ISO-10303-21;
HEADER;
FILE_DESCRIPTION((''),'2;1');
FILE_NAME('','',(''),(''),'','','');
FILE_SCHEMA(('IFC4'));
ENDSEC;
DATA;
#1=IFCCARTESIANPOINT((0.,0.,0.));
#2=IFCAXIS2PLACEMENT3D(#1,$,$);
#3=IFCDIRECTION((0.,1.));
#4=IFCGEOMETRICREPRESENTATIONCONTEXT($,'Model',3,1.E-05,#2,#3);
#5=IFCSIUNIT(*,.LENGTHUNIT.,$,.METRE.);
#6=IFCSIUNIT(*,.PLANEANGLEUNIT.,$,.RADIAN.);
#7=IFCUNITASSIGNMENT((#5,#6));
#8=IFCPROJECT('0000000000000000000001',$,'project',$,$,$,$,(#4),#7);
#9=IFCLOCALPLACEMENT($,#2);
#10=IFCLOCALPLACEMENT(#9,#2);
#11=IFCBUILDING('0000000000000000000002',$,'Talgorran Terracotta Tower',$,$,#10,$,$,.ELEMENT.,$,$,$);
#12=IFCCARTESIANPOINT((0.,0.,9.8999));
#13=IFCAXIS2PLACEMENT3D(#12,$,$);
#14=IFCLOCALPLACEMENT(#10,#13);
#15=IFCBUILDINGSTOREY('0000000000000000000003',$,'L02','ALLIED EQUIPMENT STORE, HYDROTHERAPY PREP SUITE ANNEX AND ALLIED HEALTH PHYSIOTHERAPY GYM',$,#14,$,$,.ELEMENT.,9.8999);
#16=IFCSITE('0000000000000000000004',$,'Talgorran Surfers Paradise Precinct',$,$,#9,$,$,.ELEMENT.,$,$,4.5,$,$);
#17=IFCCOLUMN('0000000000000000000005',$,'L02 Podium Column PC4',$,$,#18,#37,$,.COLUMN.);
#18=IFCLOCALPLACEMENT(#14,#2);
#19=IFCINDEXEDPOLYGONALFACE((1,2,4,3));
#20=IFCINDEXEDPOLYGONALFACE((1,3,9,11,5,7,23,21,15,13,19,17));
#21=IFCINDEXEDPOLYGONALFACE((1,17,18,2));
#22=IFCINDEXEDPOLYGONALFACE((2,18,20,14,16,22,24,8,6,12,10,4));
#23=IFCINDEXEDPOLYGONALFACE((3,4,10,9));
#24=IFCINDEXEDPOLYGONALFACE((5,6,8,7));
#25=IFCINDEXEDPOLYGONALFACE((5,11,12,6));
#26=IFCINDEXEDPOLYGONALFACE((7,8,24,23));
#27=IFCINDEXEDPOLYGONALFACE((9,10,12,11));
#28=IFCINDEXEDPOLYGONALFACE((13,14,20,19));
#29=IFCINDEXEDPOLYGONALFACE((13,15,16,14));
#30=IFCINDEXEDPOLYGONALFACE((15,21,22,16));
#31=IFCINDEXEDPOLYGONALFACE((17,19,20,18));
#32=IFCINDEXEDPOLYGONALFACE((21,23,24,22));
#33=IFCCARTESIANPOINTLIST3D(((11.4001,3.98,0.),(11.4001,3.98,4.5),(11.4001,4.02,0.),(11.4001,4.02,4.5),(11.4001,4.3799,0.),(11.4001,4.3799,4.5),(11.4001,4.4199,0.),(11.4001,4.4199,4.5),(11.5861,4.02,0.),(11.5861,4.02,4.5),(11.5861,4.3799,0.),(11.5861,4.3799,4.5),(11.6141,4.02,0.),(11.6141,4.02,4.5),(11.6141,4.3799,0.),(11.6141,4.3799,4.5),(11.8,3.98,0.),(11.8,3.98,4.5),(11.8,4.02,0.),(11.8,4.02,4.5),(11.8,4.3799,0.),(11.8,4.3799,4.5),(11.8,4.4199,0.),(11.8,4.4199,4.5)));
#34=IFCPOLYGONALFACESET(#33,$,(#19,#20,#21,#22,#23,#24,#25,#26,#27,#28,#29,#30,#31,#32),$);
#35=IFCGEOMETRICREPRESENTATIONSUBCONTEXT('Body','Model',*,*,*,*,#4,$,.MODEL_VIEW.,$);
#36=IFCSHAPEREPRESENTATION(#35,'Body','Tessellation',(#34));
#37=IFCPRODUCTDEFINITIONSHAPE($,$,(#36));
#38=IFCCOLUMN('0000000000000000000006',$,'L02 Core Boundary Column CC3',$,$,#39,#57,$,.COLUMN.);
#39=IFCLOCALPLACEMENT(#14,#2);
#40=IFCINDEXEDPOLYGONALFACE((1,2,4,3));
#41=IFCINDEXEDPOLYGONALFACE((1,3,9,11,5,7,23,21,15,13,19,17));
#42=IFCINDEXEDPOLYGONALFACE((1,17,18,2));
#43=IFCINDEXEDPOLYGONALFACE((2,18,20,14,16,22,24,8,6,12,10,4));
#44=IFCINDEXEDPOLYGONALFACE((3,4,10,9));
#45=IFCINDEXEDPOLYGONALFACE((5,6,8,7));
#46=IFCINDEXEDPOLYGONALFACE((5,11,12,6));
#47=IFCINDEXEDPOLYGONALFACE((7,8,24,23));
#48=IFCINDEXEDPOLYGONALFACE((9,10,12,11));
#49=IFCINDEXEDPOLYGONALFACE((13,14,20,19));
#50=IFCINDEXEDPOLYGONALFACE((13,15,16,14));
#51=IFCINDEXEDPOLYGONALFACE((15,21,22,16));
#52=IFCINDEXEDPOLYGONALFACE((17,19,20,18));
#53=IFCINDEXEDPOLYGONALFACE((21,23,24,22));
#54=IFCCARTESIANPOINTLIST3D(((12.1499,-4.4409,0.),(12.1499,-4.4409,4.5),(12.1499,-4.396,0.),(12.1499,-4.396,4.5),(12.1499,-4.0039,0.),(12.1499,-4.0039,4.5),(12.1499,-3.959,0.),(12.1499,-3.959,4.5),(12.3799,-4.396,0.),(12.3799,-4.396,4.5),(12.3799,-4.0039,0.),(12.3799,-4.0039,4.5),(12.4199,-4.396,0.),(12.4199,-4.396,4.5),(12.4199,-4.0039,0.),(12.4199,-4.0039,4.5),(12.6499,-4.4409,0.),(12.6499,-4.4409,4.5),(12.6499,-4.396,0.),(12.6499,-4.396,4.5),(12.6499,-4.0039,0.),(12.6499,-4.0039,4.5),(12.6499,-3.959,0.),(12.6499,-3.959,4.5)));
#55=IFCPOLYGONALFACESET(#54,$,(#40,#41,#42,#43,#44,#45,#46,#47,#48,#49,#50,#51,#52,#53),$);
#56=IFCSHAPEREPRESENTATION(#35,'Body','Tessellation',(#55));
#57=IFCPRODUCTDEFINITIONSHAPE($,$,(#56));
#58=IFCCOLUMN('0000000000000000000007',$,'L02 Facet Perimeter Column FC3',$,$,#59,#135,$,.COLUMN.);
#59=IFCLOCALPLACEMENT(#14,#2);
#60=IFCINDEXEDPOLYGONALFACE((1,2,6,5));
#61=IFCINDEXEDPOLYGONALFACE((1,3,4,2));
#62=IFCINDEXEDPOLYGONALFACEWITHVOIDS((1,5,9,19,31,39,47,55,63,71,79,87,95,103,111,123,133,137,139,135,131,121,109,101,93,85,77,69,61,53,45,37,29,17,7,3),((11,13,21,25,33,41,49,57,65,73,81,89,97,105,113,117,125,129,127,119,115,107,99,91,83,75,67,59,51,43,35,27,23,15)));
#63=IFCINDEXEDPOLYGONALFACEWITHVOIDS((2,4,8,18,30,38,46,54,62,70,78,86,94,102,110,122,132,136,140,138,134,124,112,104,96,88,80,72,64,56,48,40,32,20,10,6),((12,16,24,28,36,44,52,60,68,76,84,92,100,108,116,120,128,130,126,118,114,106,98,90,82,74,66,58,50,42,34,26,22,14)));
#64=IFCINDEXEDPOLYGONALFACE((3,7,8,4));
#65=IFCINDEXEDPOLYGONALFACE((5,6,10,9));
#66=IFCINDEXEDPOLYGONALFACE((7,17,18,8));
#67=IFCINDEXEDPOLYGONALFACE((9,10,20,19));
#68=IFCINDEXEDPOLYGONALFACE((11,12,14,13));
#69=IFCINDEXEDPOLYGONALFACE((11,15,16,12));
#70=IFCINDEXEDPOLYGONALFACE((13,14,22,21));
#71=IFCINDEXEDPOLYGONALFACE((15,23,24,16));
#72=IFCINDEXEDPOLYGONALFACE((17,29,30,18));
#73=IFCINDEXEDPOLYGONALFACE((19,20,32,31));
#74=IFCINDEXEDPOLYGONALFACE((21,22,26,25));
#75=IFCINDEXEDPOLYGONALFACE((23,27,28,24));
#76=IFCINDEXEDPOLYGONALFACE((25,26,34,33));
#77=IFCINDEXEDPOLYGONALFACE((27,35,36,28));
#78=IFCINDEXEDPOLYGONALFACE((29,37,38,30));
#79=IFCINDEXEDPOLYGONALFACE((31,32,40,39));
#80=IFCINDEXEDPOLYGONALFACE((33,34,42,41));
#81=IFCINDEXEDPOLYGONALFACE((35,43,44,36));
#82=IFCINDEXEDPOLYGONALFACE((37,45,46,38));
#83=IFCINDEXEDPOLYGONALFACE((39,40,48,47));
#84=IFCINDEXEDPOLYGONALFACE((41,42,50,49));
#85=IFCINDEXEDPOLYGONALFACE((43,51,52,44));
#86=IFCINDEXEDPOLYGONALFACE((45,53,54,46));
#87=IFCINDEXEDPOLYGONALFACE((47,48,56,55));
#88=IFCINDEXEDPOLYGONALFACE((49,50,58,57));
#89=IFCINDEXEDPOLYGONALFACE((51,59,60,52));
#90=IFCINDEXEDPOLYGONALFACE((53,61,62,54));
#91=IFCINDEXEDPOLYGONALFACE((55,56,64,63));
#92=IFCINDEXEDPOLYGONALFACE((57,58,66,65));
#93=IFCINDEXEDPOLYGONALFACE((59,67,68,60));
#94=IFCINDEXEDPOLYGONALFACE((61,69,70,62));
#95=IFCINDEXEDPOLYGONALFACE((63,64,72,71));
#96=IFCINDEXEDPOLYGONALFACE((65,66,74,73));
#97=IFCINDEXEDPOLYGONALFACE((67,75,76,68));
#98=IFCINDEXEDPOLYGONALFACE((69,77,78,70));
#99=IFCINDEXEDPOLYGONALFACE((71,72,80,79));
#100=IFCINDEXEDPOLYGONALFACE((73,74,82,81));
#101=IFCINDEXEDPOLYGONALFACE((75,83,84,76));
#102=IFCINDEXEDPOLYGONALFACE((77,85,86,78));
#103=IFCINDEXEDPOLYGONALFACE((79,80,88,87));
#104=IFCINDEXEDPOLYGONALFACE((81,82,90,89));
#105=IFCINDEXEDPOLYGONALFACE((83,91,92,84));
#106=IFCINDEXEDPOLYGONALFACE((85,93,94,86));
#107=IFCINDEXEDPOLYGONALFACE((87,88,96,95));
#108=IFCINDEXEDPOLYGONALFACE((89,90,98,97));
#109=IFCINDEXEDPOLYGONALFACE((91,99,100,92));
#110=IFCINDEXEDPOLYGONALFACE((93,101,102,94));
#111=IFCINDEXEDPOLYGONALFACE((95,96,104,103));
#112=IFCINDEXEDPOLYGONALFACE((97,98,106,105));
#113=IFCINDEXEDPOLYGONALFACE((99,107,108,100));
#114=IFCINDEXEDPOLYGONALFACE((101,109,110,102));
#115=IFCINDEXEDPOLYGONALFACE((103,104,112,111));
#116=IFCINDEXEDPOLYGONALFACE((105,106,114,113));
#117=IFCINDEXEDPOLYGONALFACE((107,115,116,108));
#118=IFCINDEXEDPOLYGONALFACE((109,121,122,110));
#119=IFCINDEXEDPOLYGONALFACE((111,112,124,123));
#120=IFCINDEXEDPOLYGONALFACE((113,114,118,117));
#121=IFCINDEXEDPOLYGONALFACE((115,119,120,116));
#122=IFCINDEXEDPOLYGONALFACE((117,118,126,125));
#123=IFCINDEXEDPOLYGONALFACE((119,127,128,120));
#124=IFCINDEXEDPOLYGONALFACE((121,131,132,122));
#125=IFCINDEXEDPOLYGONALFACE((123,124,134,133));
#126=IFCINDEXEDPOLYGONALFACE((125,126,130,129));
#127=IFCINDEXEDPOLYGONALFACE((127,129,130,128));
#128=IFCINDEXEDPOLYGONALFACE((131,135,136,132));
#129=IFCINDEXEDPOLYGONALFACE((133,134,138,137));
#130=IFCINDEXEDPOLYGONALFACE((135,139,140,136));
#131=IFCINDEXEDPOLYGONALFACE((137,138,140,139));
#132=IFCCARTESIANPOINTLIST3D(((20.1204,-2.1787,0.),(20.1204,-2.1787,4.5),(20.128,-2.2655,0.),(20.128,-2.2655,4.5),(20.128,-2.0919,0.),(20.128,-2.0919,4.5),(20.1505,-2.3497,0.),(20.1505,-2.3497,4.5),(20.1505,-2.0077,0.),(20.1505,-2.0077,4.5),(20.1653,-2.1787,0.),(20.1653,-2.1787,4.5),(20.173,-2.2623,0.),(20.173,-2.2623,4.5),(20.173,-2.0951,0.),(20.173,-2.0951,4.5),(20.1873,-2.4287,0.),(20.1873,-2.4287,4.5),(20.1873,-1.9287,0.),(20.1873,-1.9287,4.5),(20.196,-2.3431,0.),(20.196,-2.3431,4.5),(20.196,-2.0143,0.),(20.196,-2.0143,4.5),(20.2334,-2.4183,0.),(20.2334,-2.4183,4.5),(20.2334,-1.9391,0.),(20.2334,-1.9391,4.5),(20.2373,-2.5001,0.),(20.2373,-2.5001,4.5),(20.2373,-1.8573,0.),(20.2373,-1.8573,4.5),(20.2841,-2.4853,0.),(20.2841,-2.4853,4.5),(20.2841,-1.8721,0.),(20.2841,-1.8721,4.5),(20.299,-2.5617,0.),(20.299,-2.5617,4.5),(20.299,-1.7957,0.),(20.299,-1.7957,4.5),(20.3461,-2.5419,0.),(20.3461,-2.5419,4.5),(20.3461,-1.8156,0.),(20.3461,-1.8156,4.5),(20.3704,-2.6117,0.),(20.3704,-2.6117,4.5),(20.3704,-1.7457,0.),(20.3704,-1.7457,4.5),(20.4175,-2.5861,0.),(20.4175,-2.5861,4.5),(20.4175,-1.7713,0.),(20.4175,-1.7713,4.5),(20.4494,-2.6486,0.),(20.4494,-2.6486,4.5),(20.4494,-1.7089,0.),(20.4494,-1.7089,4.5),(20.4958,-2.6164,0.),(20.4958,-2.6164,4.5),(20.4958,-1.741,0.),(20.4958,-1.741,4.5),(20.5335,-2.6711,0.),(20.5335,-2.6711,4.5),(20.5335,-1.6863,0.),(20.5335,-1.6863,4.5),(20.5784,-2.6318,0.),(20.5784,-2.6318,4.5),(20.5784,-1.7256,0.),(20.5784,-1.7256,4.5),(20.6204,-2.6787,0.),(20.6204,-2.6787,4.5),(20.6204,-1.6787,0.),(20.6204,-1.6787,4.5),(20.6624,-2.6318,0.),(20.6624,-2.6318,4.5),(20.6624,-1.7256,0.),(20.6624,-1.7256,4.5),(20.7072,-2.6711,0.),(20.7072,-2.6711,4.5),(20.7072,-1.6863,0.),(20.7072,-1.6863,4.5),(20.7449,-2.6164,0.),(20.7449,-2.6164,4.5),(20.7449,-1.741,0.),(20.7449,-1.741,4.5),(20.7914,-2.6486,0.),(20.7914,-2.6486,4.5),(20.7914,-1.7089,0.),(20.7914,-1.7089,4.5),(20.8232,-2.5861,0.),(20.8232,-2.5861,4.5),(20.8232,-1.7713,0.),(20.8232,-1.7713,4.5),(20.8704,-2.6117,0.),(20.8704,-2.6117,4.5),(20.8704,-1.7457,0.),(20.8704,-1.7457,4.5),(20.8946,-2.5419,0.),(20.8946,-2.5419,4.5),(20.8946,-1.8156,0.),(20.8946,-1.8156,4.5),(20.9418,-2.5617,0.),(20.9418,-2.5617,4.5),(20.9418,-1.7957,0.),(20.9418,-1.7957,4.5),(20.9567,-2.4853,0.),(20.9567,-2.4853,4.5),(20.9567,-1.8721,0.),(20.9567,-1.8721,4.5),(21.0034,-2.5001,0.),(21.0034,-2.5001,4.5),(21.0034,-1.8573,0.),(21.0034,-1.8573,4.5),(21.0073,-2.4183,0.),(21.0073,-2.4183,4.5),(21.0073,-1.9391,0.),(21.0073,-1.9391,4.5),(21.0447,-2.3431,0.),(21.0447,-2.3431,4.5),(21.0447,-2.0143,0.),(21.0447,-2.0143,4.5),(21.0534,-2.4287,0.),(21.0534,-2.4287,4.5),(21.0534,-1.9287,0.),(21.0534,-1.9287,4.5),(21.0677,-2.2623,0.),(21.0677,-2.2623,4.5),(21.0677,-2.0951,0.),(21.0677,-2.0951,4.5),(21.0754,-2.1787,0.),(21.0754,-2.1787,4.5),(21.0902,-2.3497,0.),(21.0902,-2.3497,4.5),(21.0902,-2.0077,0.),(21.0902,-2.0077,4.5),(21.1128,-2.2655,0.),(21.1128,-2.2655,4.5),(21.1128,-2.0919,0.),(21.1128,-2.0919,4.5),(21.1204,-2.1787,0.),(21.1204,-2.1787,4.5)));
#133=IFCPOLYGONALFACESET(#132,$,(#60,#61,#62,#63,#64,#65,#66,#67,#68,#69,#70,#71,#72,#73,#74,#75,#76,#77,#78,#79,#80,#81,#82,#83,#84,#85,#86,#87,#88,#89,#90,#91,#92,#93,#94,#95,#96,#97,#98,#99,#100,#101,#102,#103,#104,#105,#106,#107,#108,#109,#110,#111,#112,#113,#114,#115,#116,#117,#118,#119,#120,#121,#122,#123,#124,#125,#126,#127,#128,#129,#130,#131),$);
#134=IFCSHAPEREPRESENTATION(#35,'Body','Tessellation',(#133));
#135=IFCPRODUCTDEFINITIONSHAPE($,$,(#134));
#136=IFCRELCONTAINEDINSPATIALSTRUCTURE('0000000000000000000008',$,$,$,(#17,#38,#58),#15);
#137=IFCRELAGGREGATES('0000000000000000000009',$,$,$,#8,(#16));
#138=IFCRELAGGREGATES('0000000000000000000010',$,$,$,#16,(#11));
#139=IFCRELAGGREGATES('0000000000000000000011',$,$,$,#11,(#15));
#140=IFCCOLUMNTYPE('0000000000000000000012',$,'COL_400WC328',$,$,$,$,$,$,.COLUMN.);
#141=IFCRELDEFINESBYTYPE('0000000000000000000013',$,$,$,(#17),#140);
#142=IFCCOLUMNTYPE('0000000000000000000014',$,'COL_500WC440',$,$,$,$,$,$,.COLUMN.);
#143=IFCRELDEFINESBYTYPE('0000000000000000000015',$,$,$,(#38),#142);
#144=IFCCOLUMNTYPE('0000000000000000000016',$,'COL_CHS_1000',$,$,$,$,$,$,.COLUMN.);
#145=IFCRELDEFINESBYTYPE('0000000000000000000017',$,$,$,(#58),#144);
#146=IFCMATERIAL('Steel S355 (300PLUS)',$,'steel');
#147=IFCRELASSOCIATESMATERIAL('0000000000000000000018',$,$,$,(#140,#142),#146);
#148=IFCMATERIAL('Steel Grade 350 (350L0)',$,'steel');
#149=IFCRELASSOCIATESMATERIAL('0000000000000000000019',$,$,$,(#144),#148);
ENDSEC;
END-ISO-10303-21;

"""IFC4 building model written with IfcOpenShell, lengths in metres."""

from ifc_helpers import new_model, si_unit, direction, frame, origin, origin_2d, place, context, subcontext, project, spatial, hollow_circle, i_section, extrude, material, material_profile, profile_set, type_object, element, save


model = new_model("IFC4")

# Units and contexts
model_context = context("Model", 3, precision=1e-05, world=origin(), true_north=direction((0.0, 1.0)))
body_context = subcontext(model_context, "Body", "Model", "MODEL_VIEW")
ifc_project = project(units=[si_unit("LENGTHUNIT", "METRE"), si_unit("PLANEANGLEUNIT", "RADIAN")], contexts=[model_context])

# Site, building, storey
site_placement = place(None, origin())
site = spatial("IfcSite", under=ifc_project, at=site_placement, Name="Talgorran Surfers Paradise Precinct", CompositionType="ELEMENT", RefElevation=4.5)
building_placement = place(site_placement, origin())
building = spatial("IfcBuilding", under=site, at=building_placement, Name="Talgorran Terracotta Tower", CompositionType="ELEMENT")
storey_placement = place(building_placement, frame((0.0, 0.0, 9.8999)))
storey = spatial("IfcBuildingStorey", under=building, at=storey_placement, Name="L02", Description="ALLIED EQUIPMENT STORE, HYDROTHERAPY PREP SUITE ANNEX AND ALLIED HEALTH PHYSIOTHERAPY GYM", CompositionType="ELEMENT", Elevation=9.8999)

# Columns
ifc_material_1 = material(Name="Steel S355 (300PLUS)", Category="steel")
ifc_material_profile_1 = material_profile(ifc_material_1, i_section(OverallWidth=0.3999, OverallDepth=0.4399, WebThickness=0.0281, FlangeThickness=0.04, at=origin_2d()), Name="400WC328")
ifc_profile_set_1 = profile_set([ifc_material_profile_1], Name="Steel S355 (300PLUS)")
column_type_1 = type_object("IfcColumnType", Name="COL_400WC328", PredefinedType="COLUMN", material=ifc_profile_set_1)
column_1_placement = place(storey_placement, frame((11.6001, 4.2, 0.0), z_axis=(0.0, 0.0, 1.0), x_axis=(1.0, 0.0, 0.0)))
element("IfcColumn", 1, at=column_1_placement, inside=storey, type_object=column_type_1, Name="L02 Podium Column PC4", PredefinedType="COLUMN", context=body_context, shape_type="SweptSolid", body=[
    extrude(i_section(OverallWidth=0.3999, OverallDepth=0.4399, WebThickness=0.0281, FlangeThickness=0.04, at=origin_2d()), origin(), (0.0, 0.0, 1.0), 4.5),
])
ifc_material_profile_2 = material_profile(ifc_material_1, i_section(OverallWidth=0.5, OverallDepth=0.4819, WebThickness=0.04, FlangeThickness=0.0449, at=origin_2d()), Name="500WC440")
ifc_profile_set_2 = profile_set([ifc_material_profile_2], Name="Steel S355 (300PLUS)")
column_type_2 = type_object("IfcColumnType", Name="COL_500WC440", PredefinedType="COLUMN", material=ifc_profile_set_2)
column_2_placement = place(storey_placement, frame((12.3999, -4.2, 0.0), z_axis=(0.0, 0.0, 1.0), x_axis=(1.0, 0.0, 0.0)))
element("IfcColumn", 2, at=column_2_placement, inside=storey, type_object=column_type_2, Name="L02 Core Boundary Column CC3", PredefinedType="COLUMN", context=body_context, shape_type="SweptSolid", body=[
    extrude(i_section(OverallWidth=0.5, OverallDepth=0.4819, WebThickness=0.04, FlangeThickness=0.0449, at=origin_2d()), origin(), (0.0, 0.0, 1.0), 4.5),
])
ifc_material_2 = material(Name="Steel Grade 350 (350L0)", Category="steel")
ifc_material_profile_3 = material_profile(ifc_material_2, hollow_circle(Radius=0.5, WallThickness=0.0449, at=origin_2d()), Name="CHS1000X45")
ifc_profile_set_3 = profile_set([ifc_material_profile_3], Name="Steel Grade 350 (350L0)")
column_type_3 = type_object("IfcColumnType", Name="COL_CHS_1000", PredefinedType="COLUMN", material=ifc_profile_set_3)
for number, where, z_axis, x_axis, name in (
    (3, (20.6204, -2.1787, 0.0), (0.0, 0.0, 1.0), (1.0, 0.0, 0.0), "L02 Facet Perimeter Column FC3"),
):
    element("IfcColumn", number, at=place(storey_placement, frame(where, z_axis=z_axis, x_axis=x_axis)), inside=storey, type_object=column_type_3, Name=name, PredefinedType="COLUMN", context=body_context, shape_type="SweptSolid", body=[
        extrude(hollow_circle(Radius=0.5, WallThickness=0.0449, at=origin_2d()), origin(), (0.0, 0.0, 1.0), 4.5),
    ])

save(model, "model.ifc")
